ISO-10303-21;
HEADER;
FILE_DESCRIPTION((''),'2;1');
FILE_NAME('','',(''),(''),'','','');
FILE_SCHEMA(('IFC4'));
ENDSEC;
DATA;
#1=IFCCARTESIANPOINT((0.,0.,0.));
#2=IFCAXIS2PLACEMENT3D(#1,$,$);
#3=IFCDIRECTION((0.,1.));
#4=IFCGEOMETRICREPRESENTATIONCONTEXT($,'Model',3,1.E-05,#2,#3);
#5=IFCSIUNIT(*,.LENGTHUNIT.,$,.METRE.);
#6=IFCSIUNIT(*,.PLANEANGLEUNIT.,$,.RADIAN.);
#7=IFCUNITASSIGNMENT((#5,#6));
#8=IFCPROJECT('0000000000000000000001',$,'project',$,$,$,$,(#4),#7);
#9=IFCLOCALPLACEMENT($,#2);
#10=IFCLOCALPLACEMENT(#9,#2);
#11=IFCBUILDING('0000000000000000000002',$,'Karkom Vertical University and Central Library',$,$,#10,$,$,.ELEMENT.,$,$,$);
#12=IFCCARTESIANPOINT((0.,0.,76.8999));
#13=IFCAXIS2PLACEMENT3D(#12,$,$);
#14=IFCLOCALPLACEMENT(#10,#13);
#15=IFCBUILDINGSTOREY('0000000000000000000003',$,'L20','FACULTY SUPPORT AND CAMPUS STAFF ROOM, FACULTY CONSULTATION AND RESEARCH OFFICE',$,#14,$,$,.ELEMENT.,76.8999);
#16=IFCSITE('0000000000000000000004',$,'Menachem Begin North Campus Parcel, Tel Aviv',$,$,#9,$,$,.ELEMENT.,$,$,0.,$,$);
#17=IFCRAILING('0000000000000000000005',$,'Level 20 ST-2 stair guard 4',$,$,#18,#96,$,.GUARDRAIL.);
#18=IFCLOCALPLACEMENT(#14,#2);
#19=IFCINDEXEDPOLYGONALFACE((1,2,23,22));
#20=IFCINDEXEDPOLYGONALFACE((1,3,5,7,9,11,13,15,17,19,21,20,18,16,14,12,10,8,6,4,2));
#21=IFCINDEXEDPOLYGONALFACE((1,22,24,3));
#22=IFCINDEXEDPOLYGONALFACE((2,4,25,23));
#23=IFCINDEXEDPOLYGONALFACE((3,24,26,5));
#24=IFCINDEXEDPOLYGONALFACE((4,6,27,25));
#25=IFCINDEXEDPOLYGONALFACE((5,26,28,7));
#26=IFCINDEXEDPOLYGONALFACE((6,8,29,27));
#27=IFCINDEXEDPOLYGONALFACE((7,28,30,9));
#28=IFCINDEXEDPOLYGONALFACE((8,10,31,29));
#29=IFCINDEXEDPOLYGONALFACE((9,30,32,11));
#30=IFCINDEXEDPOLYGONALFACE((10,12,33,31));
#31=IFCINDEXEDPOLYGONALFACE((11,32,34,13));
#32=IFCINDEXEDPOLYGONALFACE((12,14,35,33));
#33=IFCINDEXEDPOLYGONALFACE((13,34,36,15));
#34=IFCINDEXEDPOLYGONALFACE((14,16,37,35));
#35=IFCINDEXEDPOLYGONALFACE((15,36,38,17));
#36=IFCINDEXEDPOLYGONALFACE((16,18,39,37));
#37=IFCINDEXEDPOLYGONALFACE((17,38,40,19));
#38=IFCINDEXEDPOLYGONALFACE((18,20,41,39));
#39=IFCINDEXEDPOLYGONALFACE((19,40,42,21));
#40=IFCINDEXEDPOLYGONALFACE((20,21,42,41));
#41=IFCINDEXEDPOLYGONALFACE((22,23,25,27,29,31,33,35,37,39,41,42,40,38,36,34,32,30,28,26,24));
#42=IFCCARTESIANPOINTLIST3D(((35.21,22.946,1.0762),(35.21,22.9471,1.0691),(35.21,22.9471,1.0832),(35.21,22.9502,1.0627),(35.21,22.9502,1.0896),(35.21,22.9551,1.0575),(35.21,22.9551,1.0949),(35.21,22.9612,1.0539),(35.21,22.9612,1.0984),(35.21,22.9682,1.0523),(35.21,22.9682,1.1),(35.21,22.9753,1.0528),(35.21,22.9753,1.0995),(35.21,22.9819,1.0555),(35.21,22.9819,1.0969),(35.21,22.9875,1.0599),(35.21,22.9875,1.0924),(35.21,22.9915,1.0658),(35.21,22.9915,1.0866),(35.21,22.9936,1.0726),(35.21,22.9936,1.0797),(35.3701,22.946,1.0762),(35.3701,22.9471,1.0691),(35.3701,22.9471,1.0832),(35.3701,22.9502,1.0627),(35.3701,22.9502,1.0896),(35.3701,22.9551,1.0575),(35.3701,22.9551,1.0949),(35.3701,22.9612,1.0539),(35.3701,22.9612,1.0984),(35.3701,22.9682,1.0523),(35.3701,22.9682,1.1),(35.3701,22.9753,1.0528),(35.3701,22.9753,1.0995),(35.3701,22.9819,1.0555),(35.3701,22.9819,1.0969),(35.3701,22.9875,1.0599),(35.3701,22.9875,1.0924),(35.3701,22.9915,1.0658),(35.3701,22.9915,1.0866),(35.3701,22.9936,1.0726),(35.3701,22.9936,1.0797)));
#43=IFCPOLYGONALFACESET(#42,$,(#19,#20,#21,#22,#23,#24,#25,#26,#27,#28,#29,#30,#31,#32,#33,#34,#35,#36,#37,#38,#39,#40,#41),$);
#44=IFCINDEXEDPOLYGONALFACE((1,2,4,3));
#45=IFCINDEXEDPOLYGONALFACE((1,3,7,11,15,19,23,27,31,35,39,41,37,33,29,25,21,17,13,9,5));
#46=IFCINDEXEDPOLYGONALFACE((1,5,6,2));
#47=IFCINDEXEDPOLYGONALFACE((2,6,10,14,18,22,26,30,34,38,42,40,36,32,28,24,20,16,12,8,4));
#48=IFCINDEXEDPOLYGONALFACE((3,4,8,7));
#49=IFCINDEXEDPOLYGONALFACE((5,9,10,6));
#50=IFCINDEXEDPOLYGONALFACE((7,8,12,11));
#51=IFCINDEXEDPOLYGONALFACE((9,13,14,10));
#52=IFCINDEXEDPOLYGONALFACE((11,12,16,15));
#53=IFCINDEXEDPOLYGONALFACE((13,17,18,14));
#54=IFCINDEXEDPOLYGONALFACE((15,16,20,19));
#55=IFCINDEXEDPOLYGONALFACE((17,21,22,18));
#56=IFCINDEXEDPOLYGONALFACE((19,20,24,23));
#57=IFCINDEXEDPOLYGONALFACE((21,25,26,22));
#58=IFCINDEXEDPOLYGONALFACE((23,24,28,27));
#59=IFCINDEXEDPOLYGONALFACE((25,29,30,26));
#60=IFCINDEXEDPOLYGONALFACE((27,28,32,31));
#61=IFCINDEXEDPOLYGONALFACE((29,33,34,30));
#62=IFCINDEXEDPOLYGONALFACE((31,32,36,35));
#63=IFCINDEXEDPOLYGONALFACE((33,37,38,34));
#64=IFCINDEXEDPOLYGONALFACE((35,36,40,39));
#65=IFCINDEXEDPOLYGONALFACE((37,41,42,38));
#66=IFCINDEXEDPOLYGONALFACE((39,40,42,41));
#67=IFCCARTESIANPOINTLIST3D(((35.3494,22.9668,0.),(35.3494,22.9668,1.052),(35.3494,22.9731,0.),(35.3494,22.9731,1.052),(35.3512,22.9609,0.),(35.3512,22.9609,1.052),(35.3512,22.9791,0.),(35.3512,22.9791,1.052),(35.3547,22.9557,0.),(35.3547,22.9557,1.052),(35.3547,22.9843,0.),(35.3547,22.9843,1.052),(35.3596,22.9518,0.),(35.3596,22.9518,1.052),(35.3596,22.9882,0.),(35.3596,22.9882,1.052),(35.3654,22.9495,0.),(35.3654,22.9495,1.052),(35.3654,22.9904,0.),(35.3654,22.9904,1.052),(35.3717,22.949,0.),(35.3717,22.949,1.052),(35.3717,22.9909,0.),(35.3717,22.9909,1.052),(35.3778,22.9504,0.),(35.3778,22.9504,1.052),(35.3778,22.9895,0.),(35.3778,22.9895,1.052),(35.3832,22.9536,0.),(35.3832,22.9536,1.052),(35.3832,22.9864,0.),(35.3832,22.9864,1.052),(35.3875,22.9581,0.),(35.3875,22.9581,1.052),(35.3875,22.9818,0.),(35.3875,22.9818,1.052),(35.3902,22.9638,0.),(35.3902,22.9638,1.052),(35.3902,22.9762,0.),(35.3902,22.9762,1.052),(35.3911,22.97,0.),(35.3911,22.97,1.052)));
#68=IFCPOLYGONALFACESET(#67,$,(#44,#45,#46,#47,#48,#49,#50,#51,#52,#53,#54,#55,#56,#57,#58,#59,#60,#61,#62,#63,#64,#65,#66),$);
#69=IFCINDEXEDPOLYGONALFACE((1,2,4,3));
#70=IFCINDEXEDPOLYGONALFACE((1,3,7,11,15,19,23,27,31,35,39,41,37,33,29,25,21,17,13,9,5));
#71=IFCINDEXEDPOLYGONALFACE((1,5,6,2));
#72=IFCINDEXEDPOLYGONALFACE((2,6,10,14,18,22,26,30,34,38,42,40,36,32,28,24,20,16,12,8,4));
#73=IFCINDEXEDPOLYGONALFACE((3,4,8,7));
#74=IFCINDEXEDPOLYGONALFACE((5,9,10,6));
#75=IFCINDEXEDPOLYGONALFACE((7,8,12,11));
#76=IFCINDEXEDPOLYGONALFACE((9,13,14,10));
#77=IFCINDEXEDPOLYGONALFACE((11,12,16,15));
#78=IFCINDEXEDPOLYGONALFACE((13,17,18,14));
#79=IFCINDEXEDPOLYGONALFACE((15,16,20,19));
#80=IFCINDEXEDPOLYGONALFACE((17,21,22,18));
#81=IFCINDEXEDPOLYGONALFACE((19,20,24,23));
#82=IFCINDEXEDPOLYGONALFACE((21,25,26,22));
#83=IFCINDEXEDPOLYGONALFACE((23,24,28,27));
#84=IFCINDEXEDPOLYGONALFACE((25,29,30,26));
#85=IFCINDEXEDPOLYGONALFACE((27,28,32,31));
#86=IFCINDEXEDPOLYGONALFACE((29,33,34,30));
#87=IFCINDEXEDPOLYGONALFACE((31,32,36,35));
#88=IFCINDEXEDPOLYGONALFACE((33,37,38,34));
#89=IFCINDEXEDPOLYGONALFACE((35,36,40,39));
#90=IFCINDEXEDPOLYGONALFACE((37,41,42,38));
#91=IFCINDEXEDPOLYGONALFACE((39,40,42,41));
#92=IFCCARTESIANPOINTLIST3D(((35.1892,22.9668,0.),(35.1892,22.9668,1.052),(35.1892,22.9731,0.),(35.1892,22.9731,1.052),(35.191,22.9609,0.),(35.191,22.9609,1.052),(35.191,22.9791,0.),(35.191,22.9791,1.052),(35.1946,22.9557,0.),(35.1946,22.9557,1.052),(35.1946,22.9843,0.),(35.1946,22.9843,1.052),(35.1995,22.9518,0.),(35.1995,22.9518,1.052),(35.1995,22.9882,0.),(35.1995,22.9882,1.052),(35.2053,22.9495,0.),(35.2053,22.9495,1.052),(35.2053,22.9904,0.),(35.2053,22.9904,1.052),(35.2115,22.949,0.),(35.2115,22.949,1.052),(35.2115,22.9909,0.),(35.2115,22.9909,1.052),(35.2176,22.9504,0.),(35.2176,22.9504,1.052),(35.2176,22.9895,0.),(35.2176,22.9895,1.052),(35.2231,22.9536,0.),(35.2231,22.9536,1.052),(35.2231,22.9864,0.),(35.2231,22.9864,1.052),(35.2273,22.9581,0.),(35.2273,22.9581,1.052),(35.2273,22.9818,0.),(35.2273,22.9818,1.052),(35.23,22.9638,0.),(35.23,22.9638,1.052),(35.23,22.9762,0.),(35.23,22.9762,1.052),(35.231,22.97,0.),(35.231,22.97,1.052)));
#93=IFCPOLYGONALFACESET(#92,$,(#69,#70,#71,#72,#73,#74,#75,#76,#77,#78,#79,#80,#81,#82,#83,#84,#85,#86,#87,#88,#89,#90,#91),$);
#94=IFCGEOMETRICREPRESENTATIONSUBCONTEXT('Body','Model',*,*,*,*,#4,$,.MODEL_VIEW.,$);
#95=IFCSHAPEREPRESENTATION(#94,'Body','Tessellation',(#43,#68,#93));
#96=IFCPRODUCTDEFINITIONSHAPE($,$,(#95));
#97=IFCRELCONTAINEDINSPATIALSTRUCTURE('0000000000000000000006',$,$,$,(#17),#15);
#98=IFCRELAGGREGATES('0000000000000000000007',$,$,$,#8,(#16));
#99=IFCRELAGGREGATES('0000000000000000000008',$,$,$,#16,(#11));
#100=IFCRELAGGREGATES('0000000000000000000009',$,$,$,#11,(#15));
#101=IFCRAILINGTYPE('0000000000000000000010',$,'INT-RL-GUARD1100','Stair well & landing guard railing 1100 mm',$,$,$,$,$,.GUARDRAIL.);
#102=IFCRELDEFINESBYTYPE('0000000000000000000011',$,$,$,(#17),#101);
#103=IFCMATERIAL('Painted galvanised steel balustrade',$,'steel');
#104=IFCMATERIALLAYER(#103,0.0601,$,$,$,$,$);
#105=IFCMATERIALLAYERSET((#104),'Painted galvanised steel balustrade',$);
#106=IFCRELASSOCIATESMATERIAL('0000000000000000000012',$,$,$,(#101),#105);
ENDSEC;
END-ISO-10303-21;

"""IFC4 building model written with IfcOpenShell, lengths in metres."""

from ifc_helpers import new_model, si_unit, direction, frame, origin, origin_2d, place, context, subcontext, project, spatial, circle, extrude, material, layer, layer_set, type_object, element, save


model = new_model("IFC4")

# Units and contexts
model_context = context("Model", 3, precision=1e-05, world=origin(), true_north=direction((0.0, 1.0)))
body_context = subcontext(model_context, "Body", "Model", "MODEL_VIEW")
ifc_project = project(units=[si_unit("LENGTHUNIT", "METRE"), si_unit("PLANEANGLEUNIT", "RADIAN")], contexts=[model_context])

# Site, building, storey
site_placement = place(None, origin())
site = spatial("IfcSite", under=ifc_project, at=site_placement, Name="Menachem Begin North Campus Parcel, Tel Aviv", CompositionType="ELEMENT", RefElevation=0.0)
building_placement = place(site_placement, origin())
building = spatial("IfcBuilding", under=site, at=building_placement, Name="Karkom Vertical University and Central Library", CompositionType="ELEMENT")
storey_placement = place(building_placement, frame((0.0, 0.0, 76.8999)))
storey = spatial("IfcBuildingStorey", under=building, at=storey_placement, Name="L20", Description="FACULTY SUPPORT AND CAMPUS STAFF ROOM, FACULTY CONSULTATION AND RESEARCH OFFICE", CompositionType="ELEMENT", Elevation=76.8999)

# Railing
ifc_material_1 = material(Name="Painted galvanised steel balustrade", Category="steel")
ifc_layer_1 = layer(ifc_material_1, 0.0601)
ifc_layer_set_1 = layer_set([ifc_layer_1], Name="Painted galvanised steel balustrade")
railing_type_1 = type_object("IfcRailingType", Name="INT-RL-GUARD1100", Description="Stair well & landing guard railing 1100 mm", PredefinedType="GUARDRAIL", material=ifc_layer_set_1)
railing_1_placement = place(storey_placement, frame((35.3701, 22.97, 0.0)))
element("IfcRailing", 1, at=railing_1_placement, inside=storey, type_object=railing_type_1, Name="Level 20 ST-2 stair guard 4", PredefinedType="GUARDRAIL", context=body_context, shape_type="SweptSolid", body=[
    extrude(circle(Radius=0.0239, at=origin_2d()), frame((0.0, 0.0, 1.0762), z_axis=(-1.0, 0.0, 0.0), x_axis=(0.0, -1.0, 0.0)), (0.0, 0.0, 1.0), 0.1602),
    extrude(circle(Radius=0.021, at=origin_2d()), origin(), (0.0, 0.0, 1.0), 1.052),
    extrude(circle(Radius=0.021, at=origin_2d()), frame((-0.1602, 0.0, 0.0)), (0.0, 0.0, 1.0), 1.052),
])

save(model, "model.ifc")
